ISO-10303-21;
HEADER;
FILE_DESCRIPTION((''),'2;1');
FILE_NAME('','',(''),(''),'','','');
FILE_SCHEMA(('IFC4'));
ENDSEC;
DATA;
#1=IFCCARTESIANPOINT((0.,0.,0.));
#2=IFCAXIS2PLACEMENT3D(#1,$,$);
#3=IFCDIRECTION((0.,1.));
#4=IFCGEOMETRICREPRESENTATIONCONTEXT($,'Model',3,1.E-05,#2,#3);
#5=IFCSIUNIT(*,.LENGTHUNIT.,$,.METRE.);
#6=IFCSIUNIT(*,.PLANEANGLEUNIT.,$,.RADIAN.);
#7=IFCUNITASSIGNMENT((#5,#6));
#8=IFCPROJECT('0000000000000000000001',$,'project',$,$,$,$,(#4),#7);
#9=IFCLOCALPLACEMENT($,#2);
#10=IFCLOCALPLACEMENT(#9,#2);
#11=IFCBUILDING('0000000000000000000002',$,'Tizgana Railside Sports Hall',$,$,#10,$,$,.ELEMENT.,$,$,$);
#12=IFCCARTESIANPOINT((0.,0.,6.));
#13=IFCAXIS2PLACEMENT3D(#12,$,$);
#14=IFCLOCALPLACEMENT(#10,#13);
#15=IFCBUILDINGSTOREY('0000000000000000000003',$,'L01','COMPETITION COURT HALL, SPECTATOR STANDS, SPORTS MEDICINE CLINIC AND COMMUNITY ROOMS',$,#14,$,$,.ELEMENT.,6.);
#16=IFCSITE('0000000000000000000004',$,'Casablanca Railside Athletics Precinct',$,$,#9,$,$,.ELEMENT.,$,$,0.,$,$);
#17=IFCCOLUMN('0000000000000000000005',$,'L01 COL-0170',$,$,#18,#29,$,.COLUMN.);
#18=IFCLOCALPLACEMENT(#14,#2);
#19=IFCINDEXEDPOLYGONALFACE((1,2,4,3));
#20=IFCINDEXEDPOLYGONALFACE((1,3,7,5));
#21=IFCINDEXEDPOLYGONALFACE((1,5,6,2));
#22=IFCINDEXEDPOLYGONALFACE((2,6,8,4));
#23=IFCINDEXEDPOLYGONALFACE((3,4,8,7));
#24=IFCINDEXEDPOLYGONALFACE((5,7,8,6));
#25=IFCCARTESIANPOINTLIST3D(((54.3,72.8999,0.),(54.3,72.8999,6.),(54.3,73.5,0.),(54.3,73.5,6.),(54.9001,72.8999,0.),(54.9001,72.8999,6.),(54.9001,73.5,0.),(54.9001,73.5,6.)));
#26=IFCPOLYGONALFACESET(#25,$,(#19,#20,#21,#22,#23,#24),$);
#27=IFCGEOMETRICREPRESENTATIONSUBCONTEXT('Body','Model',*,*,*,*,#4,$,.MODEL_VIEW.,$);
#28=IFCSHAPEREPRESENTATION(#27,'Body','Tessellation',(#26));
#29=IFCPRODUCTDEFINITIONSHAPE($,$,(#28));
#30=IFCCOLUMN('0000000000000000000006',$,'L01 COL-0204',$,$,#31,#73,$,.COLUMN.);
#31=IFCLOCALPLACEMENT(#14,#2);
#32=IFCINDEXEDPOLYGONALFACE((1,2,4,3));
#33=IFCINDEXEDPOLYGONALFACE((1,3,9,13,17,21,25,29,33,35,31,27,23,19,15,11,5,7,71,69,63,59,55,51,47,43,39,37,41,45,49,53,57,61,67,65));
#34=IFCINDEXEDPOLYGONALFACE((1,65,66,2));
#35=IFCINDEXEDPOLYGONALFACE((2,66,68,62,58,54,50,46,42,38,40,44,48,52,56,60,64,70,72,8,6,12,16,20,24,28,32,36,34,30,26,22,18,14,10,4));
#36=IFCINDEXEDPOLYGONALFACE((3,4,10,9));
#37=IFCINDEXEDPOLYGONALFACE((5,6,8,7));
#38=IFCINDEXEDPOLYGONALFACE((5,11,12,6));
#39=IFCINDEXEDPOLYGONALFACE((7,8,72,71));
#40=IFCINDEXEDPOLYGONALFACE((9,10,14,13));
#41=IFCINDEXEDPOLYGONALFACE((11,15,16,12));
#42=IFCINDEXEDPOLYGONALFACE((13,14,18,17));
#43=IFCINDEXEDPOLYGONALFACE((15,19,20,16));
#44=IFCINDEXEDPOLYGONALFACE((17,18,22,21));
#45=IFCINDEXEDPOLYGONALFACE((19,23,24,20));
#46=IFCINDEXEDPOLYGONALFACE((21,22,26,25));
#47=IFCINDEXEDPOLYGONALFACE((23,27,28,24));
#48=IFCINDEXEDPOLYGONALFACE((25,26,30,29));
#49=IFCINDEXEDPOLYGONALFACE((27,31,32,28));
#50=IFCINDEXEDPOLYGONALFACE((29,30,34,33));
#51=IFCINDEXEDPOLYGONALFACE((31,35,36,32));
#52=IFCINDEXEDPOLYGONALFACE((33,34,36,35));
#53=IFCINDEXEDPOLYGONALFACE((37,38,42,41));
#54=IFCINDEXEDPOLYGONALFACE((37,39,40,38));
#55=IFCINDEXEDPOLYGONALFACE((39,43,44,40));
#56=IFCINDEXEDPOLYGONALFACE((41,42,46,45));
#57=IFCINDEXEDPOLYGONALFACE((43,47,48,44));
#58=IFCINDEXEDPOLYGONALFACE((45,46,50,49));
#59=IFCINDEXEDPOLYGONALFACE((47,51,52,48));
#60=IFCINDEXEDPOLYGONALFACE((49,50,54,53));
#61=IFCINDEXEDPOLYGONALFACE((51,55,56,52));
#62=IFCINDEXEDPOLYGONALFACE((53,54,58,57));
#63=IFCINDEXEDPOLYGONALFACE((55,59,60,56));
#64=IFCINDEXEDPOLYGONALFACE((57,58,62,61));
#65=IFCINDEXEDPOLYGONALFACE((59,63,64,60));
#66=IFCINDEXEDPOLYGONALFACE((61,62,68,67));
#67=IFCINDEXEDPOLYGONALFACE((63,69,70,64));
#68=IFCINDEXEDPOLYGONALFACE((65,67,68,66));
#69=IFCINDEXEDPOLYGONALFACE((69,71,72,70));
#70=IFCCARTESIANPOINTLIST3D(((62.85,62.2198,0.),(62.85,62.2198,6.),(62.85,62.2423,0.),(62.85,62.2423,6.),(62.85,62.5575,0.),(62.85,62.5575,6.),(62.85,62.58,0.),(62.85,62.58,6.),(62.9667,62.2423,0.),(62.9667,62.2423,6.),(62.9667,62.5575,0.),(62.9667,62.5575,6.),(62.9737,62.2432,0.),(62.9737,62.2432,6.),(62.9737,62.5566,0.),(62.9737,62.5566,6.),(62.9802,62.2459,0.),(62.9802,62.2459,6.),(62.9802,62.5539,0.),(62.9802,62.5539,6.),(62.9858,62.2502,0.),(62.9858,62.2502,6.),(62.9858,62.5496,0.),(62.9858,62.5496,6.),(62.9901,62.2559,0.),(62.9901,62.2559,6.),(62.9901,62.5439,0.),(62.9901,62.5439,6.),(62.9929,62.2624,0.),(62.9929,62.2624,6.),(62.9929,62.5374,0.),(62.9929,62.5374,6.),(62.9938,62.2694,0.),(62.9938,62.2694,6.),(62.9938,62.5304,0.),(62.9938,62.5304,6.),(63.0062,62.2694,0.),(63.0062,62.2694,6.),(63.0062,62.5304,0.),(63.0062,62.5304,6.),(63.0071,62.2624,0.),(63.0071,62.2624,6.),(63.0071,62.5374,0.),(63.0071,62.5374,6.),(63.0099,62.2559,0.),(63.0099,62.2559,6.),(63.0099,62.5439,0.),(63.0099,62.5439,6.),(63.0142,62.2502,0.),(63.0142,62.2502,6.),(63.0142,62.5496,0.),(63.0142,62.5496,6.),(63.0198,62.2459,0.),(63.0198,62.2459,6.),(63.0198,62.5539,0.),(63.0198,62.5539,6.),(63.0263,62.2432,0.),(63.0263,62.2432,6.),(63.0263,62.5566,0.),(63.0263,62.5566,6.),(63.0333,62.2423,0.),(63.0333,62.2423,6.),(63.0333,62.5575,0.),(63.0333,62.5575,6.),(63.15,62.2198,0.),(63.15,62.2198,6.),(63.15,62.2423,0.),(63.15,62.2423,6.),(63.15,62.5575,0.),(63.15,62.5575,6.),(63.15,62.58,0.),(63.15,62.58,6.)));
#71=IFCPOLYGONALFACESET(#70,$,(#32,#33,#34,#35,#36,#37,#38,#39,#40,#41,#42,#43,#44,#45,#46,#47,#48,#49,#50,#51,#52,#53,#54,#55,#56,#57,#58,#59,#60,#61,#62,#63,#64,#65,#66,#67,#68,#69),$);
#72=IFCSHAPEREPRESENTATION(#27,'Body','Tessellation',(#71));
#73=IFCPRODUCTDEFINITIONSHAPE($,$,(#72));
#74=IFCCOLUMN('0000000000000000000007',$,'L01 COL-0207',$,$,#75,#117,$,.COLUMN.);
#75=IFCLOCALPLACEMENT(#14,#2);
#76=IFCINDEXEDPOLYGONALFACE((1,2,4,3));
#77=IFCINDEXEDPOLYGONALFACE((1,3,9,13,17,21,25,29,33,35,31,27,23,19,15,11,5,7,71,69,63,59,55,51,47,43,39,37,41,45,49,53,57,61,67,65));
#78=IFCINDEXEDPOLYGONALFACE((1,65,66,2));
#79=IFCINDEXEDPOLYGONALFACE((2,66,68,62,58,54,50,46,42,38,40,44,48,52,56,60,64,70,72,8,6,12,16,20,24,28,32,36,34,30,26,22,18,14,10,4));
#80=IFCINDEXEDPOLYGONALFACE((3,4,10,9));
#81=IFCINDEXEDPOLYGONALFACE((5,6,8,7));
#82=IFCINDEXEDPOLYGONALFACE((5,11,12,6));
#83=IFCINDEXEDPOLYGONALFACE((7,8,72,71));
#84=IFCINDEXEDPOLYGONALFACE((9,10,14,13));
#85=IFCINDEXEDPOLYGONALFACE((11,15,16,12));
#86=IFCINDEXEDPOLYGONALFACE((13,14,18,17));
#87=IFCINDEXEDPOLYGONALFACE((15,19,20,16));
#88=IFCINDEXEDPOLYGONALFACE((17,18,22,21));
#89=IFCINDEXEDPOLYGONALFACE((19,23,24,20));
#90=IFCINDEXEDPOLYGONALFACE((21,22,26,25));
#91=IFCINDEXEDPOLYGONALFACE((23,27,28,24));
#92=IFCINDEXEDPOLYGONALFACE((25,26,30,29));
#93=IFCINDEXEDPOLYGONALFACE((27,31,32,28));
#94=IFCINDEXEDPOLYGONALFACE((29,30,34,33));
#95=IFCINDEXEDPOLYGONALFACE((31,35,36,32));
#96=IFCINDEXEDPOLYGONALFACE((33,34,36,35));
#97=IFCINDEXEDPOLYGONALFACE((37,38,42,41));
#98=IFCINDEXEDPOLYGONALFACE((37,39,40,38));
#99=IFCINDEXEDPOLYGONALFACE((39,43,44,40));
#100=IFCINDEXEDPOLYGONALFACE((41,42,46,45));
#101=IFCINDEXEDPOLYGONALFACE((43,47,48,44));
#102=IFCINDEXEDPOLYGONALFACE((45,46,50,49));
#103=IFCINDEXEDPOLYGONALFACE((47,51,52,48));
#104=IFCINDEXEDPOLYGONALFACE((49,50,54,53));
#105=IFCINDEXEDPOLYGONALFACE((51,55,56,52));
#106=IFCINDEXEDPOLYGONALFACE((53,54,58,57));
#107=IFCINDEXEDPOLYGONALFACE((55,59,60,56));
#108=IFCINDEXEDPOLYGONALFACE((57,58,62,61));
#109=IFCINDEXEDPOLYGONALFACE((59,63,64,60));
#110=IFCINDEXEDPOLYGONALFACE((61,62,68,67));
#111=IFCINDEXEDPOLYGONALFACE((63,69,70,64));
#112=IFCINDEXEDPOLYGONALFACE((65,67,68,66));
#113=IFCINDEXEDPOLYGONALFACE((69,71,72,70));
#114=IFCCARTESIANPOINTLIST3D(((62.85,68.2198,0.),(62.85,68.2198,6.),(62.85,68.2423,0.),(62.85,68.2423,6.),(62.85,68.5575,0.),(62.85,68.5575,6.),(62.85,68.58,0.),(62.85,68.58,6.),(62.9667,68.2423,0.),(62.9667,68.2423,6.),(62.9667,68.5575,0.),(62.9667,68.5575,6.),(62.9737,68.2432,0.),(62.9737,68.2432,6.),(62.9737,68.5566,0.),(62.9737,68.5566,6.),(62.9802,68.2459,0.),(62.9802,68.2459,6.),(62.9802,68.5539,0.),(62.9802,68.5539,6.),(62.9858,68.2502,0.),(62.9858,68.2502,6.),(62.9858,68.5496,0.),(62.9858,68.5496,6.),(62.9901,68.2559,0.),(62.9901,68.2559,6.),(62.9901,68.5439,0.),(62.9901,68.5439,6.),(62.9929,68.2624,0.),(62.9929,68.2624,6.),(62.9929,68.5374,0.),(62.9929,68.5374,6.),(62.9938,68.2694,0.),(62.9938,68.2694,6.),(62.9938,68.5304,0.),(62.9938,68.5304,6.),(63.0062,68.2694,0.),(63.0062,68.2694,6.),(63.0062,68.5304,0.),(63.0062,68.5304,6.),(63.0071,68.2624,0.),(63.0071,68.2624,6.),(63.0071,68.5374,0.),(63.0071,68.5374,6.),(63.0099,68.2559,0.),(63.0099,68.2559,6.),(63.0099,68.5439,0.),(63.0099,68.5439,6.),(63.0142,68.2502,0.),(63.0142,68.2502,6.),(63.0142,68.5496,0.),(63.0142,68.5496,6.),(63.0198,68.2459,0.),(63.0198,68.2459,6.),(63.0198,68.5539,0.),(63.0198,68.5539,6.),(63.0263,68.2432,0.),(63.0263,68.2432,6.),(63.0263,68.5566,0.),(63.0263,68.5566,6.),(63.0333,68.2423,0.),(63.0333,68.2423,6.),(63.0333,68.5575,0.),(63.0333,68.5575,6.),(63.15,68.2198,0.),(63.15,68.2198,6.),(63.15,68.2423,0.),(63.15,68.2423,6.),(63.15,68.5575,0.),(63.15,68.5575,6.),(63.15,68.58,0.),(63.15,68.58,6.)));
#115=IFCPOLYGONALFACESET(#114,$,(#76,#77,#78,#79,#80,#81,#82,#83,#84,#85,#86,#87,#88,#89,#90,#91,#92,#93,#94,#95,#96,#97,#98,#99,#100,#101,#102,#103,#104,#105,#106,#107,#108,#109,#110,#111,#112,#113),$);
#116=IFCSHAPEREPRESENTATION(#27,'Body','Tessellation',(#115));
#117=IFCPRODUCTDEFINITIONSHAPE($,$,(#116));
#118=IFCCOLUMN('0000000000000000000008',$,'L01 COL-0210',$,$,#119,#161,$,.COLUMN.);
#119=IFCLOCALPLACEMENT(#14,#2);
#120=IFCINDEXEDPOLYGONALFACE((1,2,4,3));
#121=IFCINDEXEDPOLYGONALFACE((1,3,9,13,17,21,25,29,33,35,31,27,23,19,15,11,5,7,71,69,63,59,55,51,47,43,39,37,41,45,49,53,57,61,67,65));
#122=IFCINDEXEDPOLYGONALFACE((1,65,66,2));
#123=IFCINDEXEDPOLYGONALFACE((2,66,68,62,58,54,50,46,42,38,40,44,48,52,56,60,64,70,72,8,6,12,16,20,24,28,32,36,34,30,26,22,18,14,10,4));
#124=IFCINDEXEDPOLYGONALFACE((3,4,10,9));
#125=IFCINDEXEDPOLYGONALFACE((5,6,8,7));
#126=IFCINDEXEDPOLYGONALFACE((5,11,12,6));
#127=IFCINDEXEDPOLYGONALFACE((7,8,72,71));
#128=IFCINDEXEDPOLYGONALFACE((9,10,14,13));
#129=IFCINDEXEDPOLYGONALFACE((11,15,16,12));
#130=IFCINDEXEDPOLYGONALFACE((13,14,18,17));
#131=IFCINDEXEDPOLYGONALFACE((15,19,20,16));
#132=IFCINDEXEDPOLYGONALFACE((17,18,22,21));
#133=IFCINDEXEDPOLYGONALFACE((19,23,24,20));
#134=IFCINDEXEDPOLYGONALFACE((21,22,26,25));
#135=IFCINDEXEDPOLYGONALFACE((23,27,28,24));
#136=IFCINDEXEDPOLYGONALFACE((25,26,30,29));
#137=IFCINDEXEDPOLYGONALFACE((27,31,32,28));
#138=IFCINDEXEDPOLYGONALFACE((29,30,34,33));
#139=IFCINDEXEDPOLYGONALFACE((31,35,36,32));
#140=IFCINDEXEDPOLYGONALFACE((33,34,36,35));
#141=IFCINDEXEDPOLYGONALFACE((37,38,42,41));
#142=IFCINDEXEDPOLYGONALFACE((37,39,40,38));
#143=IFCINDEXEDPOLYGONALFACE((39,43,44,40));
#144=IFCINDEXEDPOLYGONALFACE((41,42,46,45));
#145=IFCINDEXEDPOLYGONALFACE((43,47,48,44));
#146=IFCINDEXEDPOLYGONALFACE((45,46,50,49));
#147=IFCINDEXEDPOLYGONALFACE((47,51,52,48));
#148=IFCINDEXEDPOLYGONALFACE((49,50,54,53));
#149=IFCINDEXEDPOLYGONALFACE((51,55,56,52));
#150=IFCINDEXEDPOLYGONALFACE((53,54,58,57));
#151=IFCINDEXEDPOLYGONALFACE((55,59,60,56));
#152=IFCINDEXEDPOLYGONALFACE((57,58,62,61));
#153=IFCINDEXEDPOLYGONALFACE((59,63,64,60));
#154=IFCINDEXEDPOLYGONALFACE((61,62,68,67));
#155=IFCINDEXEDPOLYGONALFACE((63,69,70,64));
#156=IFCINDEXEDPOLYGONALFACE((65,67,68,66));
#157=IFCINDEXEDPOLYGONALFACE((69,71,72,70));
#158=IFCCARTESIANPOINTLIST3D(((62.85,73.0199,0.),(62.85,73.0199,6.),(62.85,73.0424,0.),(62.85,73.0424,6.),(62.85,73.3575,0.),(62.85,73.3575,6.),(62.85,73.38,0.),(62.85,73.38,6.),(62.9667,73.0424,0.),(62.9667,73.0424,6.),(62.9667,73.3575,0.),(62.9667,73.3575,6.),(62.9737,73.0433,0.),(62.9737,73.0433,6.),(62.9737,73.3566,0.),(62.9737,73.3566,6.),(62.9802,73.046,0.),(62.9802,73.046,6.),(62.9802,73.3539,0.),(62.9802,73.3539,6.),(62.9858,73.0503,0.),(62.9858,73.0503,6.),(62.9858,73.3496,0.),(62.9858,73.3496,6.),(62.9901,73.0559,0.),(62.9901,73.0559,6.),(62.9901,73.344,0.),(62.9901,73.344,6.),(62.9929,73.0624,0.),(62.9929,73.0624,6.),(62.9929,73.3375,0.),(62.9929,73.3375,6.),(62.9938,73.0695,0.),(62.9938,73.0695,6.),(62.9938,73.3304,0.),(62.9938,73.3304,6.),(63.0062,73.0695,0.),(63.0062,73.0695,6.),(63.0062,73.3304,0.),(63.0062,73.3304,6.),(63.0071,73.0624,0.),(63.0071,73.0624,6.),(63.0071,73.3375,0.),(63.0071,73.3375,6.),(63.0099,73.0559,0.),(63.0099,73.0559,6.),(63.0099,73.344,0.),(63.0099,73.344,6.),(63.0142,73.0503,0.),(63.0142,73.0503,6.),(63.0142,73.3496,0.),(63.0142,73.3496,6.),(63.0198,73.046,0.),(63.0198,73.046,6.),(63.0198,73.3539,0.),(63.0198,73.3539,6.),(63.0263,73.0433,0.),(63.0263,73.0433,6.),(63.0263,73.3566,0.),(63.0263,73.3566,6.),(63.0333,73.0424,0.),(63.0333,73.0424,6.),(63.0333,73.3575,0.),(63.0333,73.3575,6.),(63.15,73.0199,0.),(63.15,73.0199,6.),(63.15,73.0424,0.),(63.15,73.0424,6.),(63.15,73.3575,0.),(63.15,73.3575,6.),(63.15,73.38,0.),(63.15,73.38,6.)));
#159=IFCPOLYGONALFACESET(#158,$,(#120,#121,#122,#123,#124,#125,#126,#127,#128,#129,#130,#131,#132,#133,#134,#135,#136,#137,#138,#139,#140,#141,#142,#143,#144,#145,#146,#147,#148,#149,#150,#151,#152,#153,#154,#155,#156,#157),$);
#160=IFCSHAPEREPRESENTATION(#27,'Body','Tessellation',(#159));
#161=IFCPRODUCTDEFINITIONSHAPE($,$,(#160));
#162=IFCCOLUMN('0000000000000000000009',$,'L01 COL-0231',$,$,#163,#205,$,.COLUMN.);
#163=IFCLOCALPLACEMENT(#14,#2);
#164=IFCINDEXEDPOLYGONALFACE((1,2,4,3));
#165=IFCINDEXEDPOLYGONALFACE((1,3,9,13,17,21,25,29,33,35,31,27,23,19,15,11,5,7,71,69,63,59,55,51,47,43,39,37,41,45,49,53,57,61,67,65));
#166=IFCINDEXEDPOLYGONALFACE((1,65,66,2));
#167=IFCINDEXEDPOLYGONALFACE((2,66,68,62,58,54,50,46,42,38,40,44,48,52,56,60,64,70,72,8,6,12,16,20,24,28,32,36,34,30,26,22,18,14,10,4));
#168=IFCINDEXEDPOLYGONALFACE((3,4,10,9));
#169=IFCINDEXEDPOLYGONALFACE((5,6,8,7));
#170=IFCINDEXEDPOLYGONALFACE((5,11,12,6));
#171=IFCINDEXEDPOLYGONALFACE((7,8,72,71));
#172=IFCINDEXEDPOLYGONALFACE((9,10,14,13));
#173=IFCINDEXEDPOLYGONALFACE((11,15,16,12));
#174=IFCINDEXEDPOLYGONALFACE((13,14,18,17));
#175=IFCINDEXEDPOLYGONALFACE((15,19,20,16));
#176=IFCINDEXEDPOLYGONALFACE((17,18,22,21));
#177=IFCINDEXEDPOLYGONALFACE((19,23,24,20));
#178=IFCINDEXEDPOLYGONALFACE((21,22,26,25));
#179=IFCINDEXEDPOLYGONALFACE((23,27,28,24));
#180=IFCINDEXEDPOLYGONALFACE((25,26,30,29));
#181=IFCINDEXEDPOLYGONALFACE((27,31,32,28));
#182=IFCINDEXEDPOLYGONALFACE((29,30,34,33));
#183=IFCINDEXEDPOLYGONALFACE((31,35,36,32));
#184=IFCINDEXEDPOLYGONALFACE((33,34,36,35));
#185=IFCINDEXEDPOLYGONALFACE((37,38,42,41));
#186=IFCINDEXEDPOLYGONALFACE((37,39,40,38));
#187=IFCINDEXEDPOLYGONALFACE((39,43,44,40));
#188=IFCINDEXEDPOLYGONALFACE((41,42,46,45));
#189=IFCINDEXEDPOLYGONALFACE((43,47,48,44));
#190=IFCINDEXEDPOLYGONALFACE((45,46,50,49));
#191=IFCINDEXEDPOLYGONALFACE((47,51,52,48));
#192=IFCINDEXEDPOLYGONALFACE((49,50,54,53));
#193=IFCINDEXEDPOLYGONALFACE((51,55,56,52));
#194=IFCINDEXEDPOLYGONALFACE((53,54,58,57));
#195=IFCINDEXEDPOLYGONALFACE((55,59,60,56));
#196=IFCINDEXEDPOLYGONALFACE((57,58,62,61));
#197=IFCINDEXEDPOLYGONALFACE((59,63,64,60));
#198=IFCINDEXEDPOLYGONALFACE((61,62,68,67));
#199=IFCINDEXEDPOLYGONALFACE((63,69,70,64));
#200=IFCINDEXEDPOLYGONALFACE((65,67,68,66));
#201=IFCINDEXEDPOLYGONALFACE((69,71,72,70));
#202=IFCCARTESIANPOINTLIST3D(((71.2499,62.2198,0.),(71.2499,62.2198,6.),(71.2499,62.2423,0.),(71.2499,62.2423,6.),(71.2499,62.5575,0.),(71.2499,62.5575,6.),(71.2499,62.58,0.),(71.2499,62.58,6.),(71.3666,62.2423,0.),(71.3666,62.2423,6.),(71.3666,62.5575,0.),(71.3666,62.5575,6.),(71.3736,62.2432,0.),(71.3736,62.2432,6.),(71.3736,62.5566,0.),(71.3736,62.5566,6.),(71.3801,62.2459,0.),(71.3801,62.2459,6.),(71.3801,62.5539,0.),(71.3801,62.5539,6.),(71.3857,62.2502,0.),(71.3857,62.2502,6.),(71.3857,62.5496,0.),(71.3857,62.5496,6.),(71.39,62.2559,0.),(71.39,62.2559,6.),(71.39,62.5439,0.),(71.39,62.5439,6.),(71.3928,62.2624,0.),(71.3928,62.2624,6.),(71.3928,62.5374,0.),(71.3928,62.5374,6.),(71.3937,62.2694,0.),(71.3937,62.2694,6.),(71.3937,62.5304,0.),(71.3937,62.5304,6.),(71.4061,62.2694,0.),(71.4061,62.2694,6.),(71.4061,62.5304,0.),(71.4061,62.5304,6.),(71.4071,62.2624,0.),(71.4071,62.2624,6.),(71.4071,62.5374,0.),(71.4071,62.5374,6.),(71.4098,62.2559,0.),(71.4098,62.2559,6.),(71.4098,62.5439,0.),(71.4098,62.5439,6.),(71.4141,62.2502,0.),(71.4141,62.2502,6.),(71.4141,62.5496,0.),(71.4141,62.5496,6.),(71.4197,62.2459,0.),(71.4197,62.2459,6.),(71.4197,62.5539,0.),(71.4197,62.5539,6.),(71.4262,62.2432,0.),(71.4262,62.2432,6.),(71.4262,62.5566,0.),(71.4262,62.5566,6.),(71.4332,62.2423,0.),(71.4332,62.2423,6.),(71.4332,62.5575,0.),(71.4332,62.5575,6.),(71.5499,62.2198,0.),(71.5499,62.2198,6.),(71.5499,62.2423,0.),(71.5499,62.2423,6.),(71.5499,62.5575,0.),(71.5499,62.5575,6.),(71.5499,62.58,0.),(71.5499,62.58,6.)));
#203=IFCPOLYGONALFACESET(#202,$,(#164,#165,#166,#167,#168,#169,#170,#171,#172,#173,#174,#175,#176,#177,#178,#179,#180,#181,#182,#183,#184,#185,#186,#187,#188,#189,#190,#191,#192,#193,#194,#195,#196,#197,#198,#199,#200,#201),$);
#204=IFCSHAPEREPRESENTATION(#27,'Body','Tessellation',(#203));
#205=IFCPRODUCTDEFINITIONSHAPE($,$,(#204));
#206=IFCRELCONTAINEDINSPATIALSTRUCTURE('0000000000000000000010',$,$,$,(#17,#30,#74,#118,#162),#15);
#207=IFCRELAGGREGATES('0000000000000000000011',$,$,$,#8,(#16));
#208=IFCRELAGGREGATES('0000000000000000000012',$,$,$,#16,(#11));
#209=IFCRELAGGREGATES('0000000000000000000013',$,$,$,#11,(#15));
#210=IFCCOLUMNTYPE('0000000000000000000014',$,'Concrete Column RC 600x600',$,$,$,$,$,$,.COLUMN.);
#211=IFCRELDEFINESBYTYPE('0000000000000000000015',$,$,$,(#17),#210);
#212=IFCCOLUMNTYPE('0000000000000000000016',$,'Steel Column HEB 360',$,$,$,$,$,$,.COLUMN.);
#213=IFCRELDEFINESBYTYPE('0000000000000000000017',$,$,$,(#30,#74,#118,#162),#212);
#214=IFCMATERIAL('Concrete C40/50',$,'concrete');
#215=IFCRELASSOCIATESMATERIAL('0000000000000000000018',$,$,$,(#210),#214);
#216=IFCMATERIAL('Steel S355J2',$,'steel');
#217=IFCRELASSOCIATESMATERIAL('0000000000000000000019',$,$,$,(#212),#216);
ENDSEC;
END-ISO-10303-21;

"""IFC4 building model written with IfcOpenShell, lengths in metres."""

from ifc_helpers import new_model, si_unit, direction, frame, origin, origin_2d, place, context, subcontext, project, spatial, rectangle, i_section, extrude, material, material_profile, profile_set, type_object, element, save


model = new_model("IFC4")

# Units and contexts
model_context = context("Model", 3, precision=1e-05, world=origin(), true_north=direction((0.0, 1.0)))
body_context = subcontext(model_context, "Body", "Model", "MODEL_VIEW")
ifc_project = project(units=[si_unit("LENGTHUNIT", "METRE"), si_unit("PLANEANGLEUNIT", "RADIAN")], contexts=[model_context])

# Site, building, storey
site_placement = place(None, origin())
site = spatial("IfcSite", under=ifc_project, at=site_placement, Name="Casablanca Railside Athletics Precinct", CompositionType="ELEMENT", RefElevation=0.0)
building_placement = place(site_placement, origin())
building = spatial("IfcBuilding", under=site, at=building_placement, Name="Tizgana Railside Sports Hall", CompositionType="ELEMENT")
storey_placement = place(building_placement, frame((0.0, 0.0, 6.0)))
storey = spatial("IfcBuildingStorey", under=building, at=storey_placement, Name="L01", Description="COMPETITION COURT HALL, SPECTATOR STANDS, SPORTS MEDICINE CLINIC AND COMMUNITY ROOMS", CompositionType="ELEMENT", Elevation=6.0)

# Columns
ifc_material_1 = material(Name="Concrete C40/50", Category="concrete")
ifc_material_profile_1 = material_profile(ifc_material_1, rectangle(XDim=0.6001, YDim=0.6001, at=origin_2d()), Name="RC 600x600")
ifc_profile_set_1 = profile_set([ifc_material_profile_1], Name="Concrete C40/50")
column_type_1 = type_object("IfcColumnType", Name="Concrete Column RC 600x600", PredefinedType="COLUMN", material=ifc_profile_set_1)
column_placement = place(storey_placement, frame((54.6001, 73.2, 0.0), z_axis=(0.0, 0.0, 1.0), x_axis=(1.0, 0.0, 0.0)))
element("IfcColumn", 1, at=column_placement, inside=storey, type_object=column_type_1, Name="L01 COL-0170", PredefinedType="COLUMN", context=body_context, shape_type="SweptSolid", body=[
    extrude(rectangle(XDim=0.6001, YDim=0.6001, at=origin_2d()), origin(), (0.0, 0.0, 1.0), 6.0),
])
ifc_material_2 = material(Name="Steel S355J2", Category="steel")
ifc_material_profile_2 = material_profile(ifc_material_2, i_section(OverallWidth=0.3, OverallDepth=0.3601, WebThickness=0.0125, FlangeThickness=0.0225, FilletRadius=0.0271, at=origin_2d()), Name="HEB 360")
ifc_profile_set_2 = profile_set([ifc_material_profile_2], Name="Steel S355J2")
column_type_2 = type_object("IfcColumnType", Name="Steel Column HEB 360", PredefinedType="COLUMN", material=ifc_profile_set_2)
for number, where, z_axis, x_axis, name in (
    (2, (63.0, 62.3999, 0.0), (0.0, 0.0, 1.0), (1.0, 0.0, 0.0), "L01 COL-0204"),
    (3, (63.0, 68.3999, 0.0), (0.0, 0.0, 1.0), (1.0, 0.0, 0.0), "L01 COL-0207"),
    (4, (63.0, 73.2, 0.0), (0.0, 0.0, 1.0), (1.0, 0.0, 0.0), "L01 COL-0210"),
    (5, (71.3999, 62.3999, 0.0), (0.0, 0.0, 1.0), (1.0, 0.0, 0.0), "L01 COL-0231"),
):
    element("IfcColumn", number, at=place(storey_placement, frame(where, z_axis=z_axis, x_axis=x_axis)), inside=storey, type_object=column_type_2, Name=name, PredefinedType="COLUMN", context=body_context, shape_type="SweptSolid", body=[
        extrude(i_section(OverallWidth=0.3, OverallDepth=0.3601, WebThickness=0.0125, FlangeThickness=0.0225, FilletRadius=0.0271, at=origin_2d()), origin(), (0.0, 0.0, 1.0), 6.0),
    ])

save(model, "model.ifc")
